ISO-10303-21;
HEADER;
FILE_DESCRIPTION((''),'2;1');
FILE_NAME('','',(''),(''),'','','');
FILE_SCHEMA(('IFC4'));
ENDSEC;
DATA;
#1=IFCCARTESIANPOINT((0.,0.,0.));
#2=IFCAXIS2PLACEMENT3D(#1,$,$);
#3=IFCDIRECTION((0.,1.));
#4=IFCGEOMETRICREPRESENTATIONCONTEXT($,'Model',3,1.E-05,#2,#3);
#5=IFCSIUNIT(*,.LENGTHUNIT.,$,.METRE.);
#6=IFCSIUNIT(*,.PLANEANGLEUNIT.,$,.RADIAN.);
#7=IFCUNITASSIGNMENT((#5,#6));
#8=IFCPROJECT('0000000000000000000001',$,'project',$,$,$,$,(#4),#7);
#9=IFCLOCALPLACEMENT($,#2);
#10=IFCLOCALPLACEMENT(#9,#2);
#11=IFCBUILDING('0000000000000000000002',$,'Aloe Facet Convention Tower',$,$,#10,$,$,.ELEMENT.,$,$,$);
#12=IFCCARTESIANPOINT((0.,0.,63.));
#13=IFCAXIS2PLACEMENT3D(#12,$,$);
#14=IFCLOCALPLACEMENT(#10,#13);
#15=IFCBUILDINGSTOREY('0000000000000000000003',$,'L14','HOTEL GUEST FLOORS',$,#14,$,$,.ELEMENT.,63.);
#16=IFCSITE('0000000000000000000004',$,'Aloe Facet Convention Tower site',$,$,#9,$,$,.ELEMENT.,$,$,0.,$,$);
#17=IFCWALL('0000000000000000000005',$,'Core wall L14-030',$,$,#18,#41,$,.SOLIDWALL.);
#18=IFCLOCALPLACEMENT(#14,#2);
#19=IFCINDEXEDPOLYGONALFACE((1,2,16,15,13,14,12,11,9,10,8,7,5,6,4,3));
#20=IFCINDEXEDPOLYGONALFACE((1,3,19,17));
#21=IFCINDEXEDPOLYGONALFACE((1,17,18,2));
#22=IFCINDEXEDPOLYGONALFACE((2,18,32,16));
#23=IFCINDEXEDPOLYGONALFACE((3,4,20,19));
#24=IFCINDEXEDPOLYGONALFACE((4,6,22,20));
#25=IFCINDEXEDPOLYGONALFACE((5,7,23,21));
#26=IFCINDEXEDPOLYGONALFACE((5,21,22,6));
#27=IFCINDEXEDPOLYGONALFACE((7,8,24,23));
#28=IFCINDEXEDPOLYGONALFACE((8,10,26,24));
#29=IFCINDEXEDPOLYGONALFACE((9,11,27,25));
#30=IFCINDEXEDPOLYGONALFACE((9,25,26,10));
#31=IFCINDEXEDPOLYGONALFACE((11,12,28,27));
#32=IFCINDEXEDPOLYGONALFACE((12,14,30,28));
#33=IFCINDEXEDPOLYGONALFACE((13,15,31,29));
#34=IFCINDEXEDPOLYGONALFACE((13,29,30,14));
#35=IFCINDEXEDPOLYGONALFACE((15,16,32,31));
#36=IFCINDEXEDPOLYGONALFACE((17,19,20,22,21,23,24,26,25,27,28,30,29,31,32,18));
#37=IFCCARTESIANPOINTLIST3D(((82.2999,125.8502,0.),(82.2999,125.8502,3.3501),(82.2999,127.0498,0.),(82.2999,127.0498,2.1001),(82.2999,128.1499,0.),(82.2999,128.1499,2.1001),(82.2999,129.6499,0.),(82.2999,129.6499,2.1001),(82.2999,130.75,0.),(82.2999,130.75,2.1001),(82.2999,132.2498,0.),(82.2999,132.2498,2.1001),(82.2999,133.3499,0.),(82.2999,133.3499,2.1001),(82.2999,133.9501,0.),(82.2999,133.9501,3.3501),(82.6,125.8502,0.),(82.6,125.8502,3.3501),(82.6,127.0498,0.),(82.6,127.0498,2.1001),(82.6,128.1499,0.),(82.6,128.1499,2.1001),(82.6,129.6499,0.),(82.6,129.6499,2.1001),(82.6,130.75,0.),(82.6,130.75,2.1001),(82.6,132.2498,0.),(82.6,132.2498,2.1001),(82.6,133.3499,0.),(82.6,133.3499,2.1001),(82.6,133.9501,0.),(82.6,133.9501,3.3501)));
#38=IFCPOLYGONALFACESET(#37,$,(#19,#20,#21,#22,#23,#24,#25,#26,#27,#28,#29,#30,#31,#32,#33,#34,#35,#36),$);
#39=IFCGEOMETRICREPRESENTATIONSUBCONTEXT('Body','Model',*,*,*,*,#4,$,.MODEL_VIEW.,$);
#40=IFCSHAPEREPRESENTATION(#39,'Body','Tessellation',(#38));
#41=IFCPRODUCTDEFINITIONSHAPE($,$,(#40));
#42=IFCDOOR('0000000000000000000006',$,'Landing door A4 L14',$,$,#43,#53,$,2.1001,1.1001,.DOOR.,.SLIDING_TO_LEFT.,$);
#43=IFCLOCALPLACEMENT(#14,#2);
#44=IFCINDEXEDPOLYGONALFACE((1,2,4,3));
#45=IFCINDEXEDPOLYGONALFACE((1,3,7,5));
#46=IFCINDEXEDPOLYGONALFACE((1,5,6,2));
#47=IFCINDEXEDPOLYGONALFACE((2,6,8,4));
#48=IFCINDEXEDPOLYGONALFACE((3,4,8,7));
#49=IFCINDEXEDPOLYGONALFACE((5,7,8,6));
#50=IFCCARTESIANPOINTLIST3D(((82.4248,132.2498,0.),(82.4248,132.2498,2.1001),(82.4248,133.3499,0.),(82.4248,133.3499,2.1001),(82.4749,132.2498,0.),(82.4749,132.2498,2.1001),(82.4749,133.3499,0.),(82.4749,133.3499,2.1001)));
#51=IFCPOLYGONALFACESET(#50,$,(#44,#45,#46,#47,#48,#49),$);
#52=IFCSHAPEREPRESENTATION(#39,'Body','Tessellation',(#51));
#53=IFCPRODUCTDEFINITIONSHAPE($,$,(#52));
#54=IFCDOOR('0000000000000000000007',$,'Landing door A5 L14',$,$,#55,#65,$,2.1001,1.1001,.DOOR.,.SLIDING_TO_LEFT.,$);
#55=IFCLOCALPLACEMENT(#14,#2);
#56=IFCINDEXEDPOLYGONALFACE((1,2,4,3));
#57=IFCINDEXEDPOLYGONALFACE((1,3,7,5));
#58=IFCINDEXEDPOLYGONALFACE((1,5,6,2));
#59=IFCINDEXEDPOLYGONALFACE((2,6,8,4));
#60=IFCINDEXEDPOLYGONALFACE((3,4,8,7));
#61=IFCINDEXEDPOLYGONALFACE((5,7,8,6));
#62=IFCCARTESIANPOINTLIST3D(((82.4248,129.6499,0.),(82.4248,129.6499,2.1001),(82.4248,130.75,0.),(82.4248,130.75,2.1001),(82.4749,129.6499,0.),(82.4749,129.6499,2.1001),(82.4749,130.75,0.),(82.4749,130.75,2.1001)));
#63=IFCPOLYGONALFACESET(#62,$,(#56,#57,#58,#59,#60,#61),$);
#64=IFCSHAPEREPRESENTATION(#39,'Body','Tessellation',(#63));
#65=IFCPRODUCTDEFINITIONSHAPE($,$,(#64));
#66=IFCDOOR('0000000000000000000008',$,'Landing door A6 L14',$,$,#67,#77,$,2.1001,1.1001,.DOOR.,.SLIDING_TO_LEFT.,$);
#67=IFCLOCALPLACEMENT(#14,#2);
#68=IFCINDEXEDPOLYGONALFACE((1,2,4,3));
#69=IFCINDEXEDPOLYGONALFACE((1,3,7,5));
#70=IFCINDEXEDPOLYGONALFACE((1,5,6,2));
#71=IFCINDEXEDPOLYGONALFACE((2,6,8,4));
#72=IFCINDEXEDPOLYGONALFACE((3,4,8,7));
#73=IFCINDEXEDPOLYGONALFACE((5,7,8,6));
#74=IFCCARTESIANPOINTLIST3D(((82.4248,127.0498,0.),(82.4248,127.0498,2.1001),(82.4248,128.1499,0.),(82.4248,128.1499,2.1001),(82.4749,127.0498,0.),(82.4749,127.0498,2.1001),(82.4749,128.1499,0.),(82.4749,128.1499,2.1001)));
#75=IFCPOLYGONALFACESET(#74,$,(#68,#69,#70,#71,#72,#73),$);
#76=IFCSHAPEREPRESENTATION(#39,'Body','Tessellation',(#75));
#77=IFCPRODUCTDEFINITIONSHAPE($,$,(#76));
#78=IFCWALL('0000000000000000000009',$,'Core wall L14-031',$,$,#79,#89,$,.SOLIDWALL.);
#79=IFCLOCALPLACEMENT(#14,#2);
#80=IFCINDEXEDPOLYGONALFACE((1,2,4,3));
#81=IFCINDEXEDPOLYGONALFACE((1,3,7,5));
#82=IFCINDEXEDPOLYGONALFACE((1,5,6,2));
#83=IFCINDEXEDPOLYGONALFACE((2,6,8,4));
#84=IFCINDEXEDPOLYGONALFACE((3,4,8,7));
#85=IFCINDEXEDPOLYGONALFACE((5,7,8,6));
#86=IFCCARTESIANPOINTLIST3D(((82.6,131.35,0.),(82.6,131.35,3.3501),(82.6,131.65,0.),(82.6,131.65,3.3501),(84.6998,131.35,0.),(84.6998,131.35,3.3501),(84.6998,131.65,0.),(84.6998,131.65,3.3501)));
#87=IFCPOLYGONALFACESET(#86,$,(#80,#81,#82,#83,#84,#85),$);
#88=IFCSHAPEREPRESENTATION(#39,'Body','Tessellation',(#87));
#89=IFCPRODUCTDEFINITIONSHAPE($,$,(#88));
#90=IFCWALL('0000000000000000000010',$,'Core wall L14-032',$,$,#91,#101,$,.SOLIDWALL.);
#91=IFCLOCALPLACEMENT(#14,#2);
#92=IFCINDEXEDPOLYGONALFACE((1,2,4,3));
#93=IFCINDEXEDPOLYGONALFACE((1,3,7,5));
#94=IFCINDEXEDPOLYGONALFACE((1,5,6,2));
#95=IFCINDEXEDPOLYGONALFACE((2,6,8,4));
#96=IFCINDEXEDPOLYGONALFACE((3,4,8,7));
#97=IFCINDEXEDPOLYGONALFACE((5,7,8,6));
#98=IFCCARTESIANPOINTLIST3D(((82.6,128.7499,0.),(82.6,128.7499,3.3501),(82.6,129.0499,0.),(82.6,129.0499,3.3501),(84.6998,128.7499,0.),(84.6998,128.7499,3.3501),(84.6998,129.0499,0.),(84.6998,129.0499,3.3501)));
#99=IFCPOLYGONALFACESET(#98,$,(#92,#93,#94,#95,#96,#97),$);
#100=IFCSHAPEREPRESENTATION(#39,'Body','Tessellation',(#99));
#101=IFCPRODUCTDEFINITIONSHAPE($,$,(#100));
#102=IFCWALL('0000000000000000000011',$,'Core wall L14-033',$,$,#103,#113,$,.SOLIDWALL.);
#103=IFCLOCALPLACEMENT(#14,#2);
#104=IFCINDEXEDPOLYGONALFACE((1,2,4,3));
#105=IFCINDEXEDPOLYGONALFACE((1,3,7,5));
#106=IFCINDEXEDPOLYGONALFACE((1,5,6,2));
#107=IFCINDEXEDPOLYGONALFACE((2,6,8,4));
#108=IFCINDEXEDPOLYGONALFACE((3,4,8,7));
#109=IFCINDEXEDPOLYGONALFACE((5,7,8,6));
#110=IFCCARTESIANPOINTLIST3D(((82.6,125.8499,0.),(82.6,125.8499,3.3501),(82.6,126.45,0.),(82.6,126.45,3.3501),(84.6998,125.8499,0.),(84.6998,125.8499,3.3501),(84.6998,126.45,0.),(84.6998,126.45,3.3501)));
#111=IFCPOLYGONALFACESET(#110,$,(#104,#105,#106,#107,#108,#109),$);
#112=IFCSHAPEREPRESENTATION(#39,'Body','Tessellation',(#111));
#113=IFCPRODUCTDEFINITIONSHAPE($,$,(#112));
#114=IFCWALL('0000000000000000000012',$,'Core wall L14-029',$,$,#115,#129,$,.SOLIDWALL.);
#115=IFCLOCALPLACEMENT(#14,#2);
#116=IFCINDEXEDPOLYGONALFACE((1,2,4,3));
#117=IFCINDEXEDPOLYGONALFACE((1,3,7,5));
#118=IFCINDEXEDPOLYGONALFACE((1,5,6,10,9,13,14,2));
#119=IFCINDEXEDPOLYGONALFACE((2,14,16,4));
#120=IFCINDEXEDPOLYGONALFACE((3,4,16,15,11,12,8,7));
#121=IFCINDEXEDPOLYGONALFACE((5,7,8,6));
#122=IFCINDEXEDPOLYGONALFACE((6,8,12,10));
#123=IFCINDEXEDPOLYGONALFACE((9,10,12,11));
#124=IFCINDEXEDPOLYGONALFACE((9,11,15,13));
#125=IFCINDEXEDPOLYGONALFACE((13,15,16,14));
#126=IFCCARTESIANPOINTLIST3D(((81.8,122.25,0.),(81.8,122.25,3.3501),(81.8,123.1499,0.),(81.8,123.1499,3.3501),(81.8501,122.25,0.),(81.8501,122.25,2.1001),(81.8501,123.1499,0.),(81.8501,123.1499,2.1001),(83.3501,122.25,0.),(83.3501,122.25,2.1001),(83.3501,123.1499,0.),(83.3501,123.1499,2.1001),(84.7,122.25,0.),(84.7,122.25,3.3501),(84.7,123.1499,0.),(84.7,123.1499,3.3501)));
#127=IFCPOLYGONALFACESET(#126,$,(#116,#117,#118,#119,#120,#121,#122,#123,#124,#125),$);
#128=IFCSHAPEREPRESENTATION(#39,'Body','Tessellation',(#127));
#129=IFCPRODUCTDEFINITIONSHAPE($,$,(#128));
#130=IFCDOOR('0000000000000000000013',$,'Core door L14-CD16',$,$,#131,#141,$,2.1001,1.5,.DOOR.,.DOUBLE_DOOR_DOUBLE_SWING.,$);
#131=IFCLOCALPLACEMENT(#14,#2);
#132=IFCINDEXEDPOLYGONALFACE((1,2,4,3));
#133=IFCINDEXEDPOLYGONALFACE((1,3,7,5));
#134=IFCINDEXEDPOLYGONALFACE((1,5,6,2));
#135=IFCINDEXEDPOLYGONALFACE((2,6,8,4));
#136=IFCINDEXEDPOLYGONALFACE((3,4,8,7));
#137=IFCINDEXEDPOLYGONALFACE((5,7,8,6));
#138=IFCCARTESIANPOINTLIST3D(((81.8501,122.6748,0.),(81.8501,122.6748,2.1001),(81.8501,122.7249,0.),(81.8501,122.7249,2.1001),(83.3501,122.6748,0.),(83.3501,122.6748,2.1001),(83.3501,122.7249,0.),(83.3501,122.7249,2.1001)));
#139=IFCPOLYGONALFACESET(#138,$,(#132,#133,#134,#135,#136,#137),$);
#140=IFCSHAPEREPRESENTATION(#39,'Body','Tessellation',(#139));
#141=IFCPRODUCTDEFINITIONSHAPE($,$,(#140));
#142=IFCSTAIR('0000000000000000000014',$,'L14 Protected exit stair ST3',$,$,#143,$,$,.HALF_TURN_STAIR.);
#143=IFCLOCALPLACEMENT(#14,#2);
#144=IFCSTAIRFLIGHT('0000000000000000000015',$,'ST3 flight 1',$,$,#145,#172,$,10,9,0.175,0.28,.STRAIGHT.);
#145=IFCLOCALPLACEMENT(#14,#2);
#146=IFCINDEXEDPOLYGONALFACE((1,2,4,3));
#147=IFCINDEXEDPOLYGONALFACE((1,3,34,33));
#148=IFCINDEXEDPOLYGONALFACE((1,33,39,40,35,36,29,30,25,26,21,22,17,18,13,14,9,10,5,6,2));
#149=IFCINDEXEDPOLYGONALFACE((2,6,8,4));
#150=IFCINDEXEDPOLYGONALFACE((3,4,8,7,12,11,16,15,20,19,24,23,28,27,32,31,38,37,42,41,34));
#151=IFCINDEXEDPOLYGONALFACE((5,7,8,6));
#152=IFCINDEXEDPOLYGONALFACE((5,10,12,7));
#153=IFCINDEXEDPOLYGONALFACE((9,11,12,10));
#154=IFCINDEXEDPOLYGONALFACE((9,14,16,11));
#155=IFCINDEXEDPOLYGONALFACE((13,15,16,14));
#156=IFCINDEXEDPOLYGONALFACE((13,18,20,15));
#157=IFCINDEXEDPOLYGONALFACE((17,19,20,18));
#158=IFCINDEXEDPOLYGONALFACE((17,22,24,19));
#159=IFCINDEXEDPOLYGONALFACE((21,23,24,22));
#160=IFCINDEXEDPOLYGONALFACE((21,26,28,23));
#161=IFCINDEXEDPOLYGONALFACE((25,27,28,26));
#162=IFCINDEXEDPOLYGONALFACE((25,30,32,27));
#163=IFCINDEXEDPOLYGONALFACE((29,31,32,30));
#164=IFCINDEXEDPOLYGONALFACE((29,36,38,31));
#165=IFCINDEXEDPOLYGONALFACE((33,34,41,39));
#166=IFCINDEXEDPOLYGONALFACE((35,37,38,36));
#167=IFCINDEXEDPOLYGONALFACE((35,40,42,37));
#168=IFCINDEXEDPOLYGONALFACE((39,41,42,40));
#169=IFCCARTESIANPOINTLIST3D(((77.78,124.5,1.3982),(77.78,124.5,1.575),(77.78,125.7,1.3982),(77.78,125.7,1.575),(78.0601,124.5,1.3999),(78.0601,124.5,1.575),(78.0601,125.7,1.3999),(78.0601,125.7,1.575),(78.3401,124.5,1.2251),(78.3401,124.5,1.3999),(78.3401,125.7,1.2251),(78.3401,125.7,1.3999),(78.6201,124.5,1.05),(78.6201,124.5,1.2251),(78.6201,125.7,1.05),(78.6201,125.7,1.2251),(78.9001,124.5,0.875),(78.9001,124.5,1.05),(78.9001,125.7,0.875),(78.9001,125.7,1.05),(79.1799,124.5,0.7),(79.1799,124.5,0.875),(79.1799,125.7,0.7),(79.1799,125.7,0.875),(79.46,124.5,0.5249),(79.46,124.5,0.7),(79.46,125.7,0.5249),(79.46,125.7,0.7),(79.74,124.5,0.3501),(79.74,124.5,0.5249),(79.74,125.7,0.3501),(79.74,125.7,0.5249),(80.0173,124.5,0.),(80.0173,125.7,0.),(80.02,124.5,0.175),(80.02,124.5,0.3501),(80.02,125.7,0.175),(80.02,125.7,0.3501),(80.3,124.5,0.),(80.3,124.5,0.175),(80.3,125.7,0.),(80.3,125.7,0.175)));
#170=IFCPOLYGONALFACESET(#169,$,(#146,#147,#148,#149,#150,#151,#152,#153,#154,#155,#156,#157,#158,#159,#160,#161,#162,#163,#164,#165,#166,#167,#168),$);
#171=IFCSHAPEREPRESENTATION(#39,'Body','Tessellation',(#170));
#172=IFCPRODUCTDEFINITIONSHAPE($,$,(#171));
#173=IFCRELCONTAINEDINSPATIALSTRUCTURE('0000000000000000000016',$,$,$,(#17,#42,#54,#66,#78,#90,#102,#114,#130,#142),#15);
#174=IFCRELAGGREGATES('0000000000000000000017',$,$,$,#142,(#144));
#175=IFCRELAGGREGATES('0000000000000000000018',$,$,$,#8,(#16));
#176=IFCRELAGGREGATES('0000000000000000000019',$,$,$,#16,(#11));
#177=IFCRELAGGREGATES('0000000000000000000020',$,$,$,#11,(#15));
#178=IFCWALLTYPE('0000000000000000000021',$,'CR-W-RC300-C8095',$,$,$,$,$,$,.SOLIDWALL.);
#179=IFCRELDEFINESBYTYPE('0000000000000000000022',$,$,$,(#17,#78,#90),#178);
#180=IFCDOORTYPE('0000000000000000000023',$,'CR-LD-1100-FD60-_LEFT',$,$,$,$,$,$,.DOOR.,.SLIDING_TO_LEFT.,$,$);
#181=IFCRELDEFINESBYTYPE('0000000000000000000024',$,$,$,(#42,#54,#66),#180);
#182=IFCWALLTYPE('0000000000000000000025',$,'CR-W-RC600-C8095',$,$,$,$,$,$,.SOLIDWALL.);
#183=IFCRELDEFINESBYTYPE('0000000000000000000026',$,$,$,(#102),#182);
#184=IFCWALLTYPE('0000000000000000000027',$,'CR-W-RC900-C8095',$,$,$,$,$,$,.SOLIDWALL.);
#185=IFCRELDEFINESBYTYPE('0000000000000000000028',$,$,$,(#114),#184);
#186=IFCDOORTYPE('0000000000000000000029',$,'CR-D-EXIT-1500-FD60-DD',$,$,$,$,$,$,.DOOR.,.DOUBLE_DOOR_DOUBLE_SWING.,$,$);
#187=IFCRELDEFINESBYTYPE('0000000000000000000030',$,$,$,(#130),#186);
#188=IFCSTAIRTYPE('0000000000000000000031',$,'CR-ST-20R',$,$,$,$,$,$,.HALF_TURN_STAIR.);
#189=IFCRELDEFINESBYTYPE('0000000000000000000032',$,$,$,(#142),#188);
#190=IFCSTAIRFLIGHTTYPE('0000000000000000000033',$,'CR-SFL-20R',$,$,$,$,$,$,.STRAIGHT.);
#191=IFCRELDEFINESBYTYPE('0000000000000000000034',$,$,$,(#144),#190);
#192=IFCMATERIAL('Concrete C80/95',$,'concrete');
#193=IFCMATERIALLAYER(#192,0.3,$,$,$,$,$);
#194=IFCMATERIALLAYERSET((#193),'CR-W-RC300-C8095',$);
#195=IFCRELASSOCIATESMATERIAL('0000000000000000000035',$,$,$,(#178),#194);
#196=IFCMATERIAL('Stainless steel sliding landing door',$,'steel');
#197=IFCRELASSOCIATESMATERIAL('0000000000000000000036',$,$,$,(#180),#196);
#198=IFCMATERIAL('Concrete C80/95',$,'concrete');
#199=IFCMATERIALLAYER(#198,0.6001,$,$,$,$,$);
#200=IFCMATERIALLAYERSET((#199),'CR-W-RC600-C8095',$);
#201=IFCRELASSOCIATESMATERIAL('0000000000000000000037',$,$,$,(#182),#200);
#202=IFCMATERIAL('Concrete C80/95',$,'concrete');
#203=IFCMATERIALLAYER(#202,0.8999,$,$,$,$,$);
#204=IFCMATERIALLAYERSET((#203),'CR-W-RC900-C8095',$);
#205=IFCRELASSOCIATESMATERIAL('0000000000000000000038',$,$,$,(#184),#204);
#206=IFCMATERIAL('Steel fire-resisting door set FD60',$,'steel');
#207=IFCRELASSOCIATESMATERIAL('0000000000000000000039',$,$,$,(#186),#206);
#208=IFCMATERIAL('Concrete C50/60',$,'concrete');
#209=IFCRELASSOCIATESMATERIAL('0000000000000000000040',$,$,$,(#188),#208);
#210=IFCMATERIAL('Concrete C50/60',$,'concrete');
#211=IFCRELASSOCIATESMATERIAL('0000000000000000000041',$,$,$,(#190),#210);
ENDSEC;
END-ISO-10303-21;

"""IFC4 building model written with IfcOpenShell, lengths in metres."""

from ifc_helpers import new_model, si_unit, direction, frame, frame_2d, origin, place, context, subcontext, project, spatial, polyline, rectangle, outline, extrude, material, layer, layer_set, type_object, element, fill, aggregate, save


model = new_model("IFC4")

# Units and contexts
model_context = context("Model", 3, precision=1e-05, world=origin(), true_north=direction((0.0, 1.0)))
body_context = subcontext(model_context, "Body", "Model", "MODEL_VIEW")
ifc_project = project(units=[si_unit("LENGTHUNIT", "METRE"), si_unit("PLANEANGLEUNIT", "RADIAN")], contexts=[model_context])

# Site, building, storey
site_placement = place(None, origin())
site = spatial("IfcSite", under=ifc_project, at=site_placement, Name="Aloe Facet Convention Tower site", CompositionType="ELEMENT", RefElevation=0.0)
building_placement = place(site_placement, origin())
building = spatial("IfcBuilding", under=site, at=building_placement, Name="Aloe Facet Convention Tower", CompositionType="ELEMENT")
storey_placement = place(building_placement, frame((0.0, 0.0, 63.0)))
storey = spatial("IfcBuildingStorey", under=building, at=storey_placement, Name="L14", Description="HOTEL GUEST FLOORS", CompositionType="ELEMENT", Elevation=63.0)

# Shared definitions
ifc_material_1 = material(Name="Concrete C80/95", Category="concrete")
ifc_layer_1 = layer(ifc_material_1, 0.3)
ifc_layer_set_1 = layer_set([ifc_layer_1], Name="CR-W-RC300-C8095")
wall_type_1 = type_object("IfcWallType", Name="CR-W-RC300-C8095", PredefinedType="SOLIDWALL", material=ifc_layer_set_1)

# Wall, openings, doors
wall_1_placement = place(storey_placement, frame((82.45, 133.95, 0.0), z_axis=(0.0, 0.0, 1.0), x_axis=(0.0, -1.0, 0.0)))
wall_1 = element("IfcWall", 1, at=wall_1_placement, inside=storey, type_object=wall_type_1, Name="Core wall L14-030", PredefinedType="SOLIDWALL", context=body_context, shape_type="SweptSolid", body=[
    extrude(rectangle(XDim=8.0999, YDim=0.3, at=frame_2d((4.0498, 0.0))), origin(), (0.0, 0.0, 1.0), 3.3501),
])
opening_1_placement = place(wall_1_placement, frame((0.6001, 0.0, 0.0)))
opening_1 = element("IfcOpeningElement", 2, at=opening_1_placement, cuts=wall_1, PredefinedType="OPENING", context=body_context, shape_type="SweptSolid", body=[
    extrude(rectangle(XDim=1.1001, YDim=2.1001, at=frame_2d((0.55, 1.05))), frame((0.0, 0.1602, 0.0), z_axis=(0.0, -1.0, 0.0), x_axis=(1.0, 0.0, 0.0)), (0.0, 0.0, 1.0), 0.3201),
])
opening_2_placement = place(wall_1_placement, frame((3.2, 0.0, 0.0)))
opening_2 = element("IfcOpeningElement", 3, at=opening_2_placement, cuts=wall_1, PredefinedType="OPENING", context=body_context, shape_type="SweptSolid", body=[
    extrude(rectangle(XDim=1.1001, YDim=2.1001, at=frame_2d((0.55, 1.05))), frame((0.0, 0.1602, 0.0), z_axis=(0.0, -1.0, 0.0), x_axis=(1.0, 0.0, 0.0)), (0.0, 0.0, 1.0), 0.3201),
])
opening_3_placement = place(wall_1_placement, frame((5.8, 0.0, 0.0)))
opening_3 = element("IfcOpeningElement", 4, at=opening_3_placement, cuts=wall_1, PredefinedType="OPENING", context=body_context, shape_type="SweptSolid", body=[
    extrude(rectangle(XDim=1.1001, YDim=2.1001, at=frame_2d((0.55, 1.05))), frame((0.0, 0.1602, 0.0), z_axis=(0.0, -1.0, 0.0), x_axis=(1.0, 0.0, 0.0)), (0.0, 0.0, 1.0), 0.3201),
])
ifc_material_2 = material(Name="Stainless steel sliding landing door", Category="steel")
door_type_1 = type_object("IfcDoorType", Name="CR-LD-1100-FD60-_LEFT", OperationType="SLIDING_TO_LEFT", PredefinedType="DOOR", material=ifc_material_2)
door_1_placement = place(opening_1_placement, origin())
door_1 = element("IfcDoor", 5, at=door_1_placement, inside=storey, type_object=door_type_1, Name="Landing door A4 L14", OperationType="SLIDING_TO_LEFT", OverallHeight=2.1001, OverallWidth=1.1001, PredefinedType="DOOR", context=body_context, shape_type="SweptSolid", body=[
    extrude(rectangle(XDim=1.1001, YDim=2.1001, at=frame_2d((0.55, 1.05))), frame((0.0, 0.0249, 0.0), z_axis=(0.0, -1.0, 0.0), x_axis=(1.0, 0.0, 0.0)), (0.0, 0.0, 1.0), 0.05),
])
fill(opening_1, door_1)
door_2_placement = place(opening_2_placement, origin())
door_2 = element("IfcDoor", 6, at=door_2_placement, inside=storey, type_object=door_type_1, Name="Landing door A5 L14", OperationType="SLIDING_TO_LEFT", OverallHeight=2.1001, OverallWidth=1.1001, PredefinedType="DOOR", context=body_context, shape_type="SweptSolid", body=[
    extrude(rectangle(XDim=1.1001, YDim=2.1001, at=frame_2d((0.55, 1.05))), frame((0.0, 0.0249, 0.0), z_axis=(0.0, -1.0, 0.0), x_axis=(1.0, 0.0, 0.0)), (0.0, 0.0, 1.0), 0.05),
])
fill(opening_2, door_2)
door_3_placement = place(opening_3_placement, origin())
door_3 = element("IfcDoor", 7, at=door_3_placement, inside=storey, type_object=door_type_1, Name="Landing door A6 L14", OperationType="SLIDING_TO_LEFT", OverallHeight=2.1001, OverallWidth=1.1001, PredefinedType="DOOR", context=body_context, shape_type="SweptSolid", body=[
    extrude(rectangle(XDim=1.1001, YDim=2.1001, at=frame_2d((0.55, 1.05))), frame((0.0, 0.0249, 0.0), z_axis=(0.0, -1.0, 0.0), x_axis=(1.0, 0.0, 0.0)), (0.0, 0.0, 1.0), 0.05),
])
fill(opening_3, door_3)

# Walls
for number, where, z_axis, x_axis, name in (
    (8, (82.6001, 131.5, 0.0), (0.0, 0.0, 1.0), (1.0, 0.0, 0.0), "Core wall L14-031"),
    (9, (82.6001, 128.8999, 0.0), (0.0, 0.0, 1.0), (1.0, 0.0, 0.0), "Core wall L14-032"),
):
    element("IfcWall", number, at=place(storey_placement, frame(where, z_axis=z_axis, x_axis=x_axis)), inside=storey, type_object=wall_type_1, Name=name, PredefinedType="SOLIDWALL", context=body_context, shape_type="SweptSolid", body=[
        extrude(rectangle(XDim=2.0999, YDim=0.3, at=frame_2d((1.0498, 0.0))), origin(), (0.0, 0.0, 1.0), 3.3501),
    ])
ifc_material_3 = material(Name="Concrete C80/95", Category="concrete")
ifc_layer_2 = layer(ifc_material_3, 0.6001)
ifc_layer_set_2 = layer_set([ifc_layer_2], Name="CR-W-RC600-C8095")
wall_type_2 = type_object("IfcWallType", Name="CR-W-RC600-C8095", PredefinedType="SOLIDWALL", material=ifc_layer_set_2)
wall_2_placement = place(storey_placement, frame((82.6001, 126.1499, 0.0), z_axis=(0.0, 0.0, 1.0), x_axis=(1.0, 0.0, 0.0)))
element("IfcWall", 10, at=wall_2_placement, inside=storey, type_object=wall_type_2, Name="Core wall L14-033", PredefinedType="SOLIDWALL", context=body_context, shape_type="SweptSolid", body=[
    extrude(rectangle(XDim=2.0999, YDim=0.6001, at=frame_2d((1.0498, 0.0))), origin(), (0.0, 0.0, 1.0), 3.3501),
])

# Wall, opening, door
ifc_material_4 = material(Name="Concrete C80/95", Category="concrete")
ifc_layer_3 = layer(ifc_material_4, 0.8999)
ifc_layer_set_3 = layer_set([ifc_layer_3], Name="CR-W-RC900-C8095")
wall_type_3 = type_object("IfcWallType", Name="CR-W-RC900-C8095", PredefinedType="SOLIDWALL", material=ifc_layer_set_3)
wall_3_placement = place(storey_placement, frame((81.8, 122.7, 0.0), z_axis=(0.0, 0.0, 1.0), x_axis=(1.0, 0.0, 0.0)))
wall_3 = element("IfcWall", 11, at=wall_3_placement, inside=storey, type_object=wall_type_3, Name="Core wall L14-029", PredefinedType="SOLIDWALL", context=body_context, shape_type="SweptSolid", body=[
    extrude(rectangle(XDim=2.8999, YDim=0.8999, at=frame_2d((1.45, 0.0))), origin(), (0.0, 0.0, 1.0), 3.3501),
])
opening_4_placement = place(wall_3_placement, frame((0.05, 0.0, 0.0)))
opening_4 = element("IfcOpeningElement", 12, at=opening_4_placement, cuts=wall_3, PredefinedType="OPENING", context=body_context, shape_type="SweptSolid", body=[
    extrude(rectangle(XDim=1.5, YDim=2.1001, at=frame_2d((0.75, 1.05))), frame((0.0, 0.46, 0.0), z_axis=(0.0, -1.0, 0.0), x_axis=(1.0, 0.0, 0.0)), (0.0, 0.0, 1.0), 0.9199),
])
ifc_material_5 = material(Name="Steel fire-resisting door set FD60", Category="steel")
door_type_2 = type_object("IfcDoorType", Name="CR-D-EXIT-1500-FD60-DD", OperationType="DOUBLE_DOOR_DOUBLE_SWING", PredefinedType="DOOR", material=ifc_material_5)
door_4_placement = place(opening_4_placement, origin())
door_4 = element("IfcDoor", 13, at=door_4_placement, inside=storey, type_object=door_type_2, Name="Core door L14-CD16", OperationType="DOUBLE_DOOR_DOUBLE_SWING", OverallHeight=2.1001, OverallWidth=1.5, PredefinedType="DOOR", context=body_context, shape_type="SweptSolid", body=[
    extrude(rectangle(XDim=1.5, YDim=2.1001, at=frame_2d((0.75, 1.05))), frame((0.0, 0.0249, 0.0), z_axis=(0.0, -1.0, 0.0), x_axis=(1.0, 0.0, 0.0)), (0.0, 0.0, 1.0), 0.05),
])
fill(opening_4, door_4)

# Stair, stair flight
ifc_material_6 = material(Name="Concrete C50/60", Category="concrete")
stair_type = type_object("IfcStairType", Name="CR-ST-20R", PredefinedType="HALF_TURN_STAIR", material=ifc_material_6)
stair_placement = place(storey_placement, origin())
stair = element("IfcStair", 14, at=stair_placement, inside=storey, type_object=stair_type, Name="L14 Protected exit stair ST3", PredefinedType="HALF_TURN_STAIR")
ifc_material_7 = material(Name="Concrete C50/60", Category="concrete")
stair_flight_type = type_object("IfcStairFlightType", Name="CR-SFL-20R", PredefinedType="STRAIGHT", material=ifc_material_7)
stair_flight_1_placement = place(storey_placement, frame((80.3, 125.1001, 0.0), z_axis=(0.0, 0.0, 1.0), x_axis=(-1.0, 0.0, 0.0)))
stair_flight_1 = element("IfcStairFlight", 15, at=stair_flight_1_placement, type_object=stair_flight_type, Name="ST3 flight 1", NumberOfRisers=10, NumberOfTreads=9, PredefinedType="STRAIGHT", RiserHeight=0.175, TreadLength=0.28, context=body_context, shape_type="SweptSolid", body=[
    extrude(outline(polyline([(0.0, 0.0), (0.0, 0.175), (0.28, 0.175), (0.28, 0.3501), (0.5601, 0.3501), (0.5601, 0.5249), (0.8401, 0.5249), (0.8401, 0.7), (1.1201, 0.7), (1.1201, 0.875), (1.3999, 0.875), (1.3999, 1.05), (1.6799, 1.05), (1.6799, 1.2251), (1.96, 1.2251), (1.96, 1.3999), (2.24, 1.3999), (2.24, 1.575), (2.52, 1.575), (2.52, 1.75), (2.52, 1.3982), (0.2827, 0.0), (0.0, 0.0)])), frame((0.0, 0.6001, 0.0), z_axis=(0.0, -1.0, 0.0), x_axis=(1.0, 0.0, 0.0)), (0.0, 0.0, 1.0), 1.2),
])
aggregate(stair, [stair_flight_1])

save(model, "model.ifc")
